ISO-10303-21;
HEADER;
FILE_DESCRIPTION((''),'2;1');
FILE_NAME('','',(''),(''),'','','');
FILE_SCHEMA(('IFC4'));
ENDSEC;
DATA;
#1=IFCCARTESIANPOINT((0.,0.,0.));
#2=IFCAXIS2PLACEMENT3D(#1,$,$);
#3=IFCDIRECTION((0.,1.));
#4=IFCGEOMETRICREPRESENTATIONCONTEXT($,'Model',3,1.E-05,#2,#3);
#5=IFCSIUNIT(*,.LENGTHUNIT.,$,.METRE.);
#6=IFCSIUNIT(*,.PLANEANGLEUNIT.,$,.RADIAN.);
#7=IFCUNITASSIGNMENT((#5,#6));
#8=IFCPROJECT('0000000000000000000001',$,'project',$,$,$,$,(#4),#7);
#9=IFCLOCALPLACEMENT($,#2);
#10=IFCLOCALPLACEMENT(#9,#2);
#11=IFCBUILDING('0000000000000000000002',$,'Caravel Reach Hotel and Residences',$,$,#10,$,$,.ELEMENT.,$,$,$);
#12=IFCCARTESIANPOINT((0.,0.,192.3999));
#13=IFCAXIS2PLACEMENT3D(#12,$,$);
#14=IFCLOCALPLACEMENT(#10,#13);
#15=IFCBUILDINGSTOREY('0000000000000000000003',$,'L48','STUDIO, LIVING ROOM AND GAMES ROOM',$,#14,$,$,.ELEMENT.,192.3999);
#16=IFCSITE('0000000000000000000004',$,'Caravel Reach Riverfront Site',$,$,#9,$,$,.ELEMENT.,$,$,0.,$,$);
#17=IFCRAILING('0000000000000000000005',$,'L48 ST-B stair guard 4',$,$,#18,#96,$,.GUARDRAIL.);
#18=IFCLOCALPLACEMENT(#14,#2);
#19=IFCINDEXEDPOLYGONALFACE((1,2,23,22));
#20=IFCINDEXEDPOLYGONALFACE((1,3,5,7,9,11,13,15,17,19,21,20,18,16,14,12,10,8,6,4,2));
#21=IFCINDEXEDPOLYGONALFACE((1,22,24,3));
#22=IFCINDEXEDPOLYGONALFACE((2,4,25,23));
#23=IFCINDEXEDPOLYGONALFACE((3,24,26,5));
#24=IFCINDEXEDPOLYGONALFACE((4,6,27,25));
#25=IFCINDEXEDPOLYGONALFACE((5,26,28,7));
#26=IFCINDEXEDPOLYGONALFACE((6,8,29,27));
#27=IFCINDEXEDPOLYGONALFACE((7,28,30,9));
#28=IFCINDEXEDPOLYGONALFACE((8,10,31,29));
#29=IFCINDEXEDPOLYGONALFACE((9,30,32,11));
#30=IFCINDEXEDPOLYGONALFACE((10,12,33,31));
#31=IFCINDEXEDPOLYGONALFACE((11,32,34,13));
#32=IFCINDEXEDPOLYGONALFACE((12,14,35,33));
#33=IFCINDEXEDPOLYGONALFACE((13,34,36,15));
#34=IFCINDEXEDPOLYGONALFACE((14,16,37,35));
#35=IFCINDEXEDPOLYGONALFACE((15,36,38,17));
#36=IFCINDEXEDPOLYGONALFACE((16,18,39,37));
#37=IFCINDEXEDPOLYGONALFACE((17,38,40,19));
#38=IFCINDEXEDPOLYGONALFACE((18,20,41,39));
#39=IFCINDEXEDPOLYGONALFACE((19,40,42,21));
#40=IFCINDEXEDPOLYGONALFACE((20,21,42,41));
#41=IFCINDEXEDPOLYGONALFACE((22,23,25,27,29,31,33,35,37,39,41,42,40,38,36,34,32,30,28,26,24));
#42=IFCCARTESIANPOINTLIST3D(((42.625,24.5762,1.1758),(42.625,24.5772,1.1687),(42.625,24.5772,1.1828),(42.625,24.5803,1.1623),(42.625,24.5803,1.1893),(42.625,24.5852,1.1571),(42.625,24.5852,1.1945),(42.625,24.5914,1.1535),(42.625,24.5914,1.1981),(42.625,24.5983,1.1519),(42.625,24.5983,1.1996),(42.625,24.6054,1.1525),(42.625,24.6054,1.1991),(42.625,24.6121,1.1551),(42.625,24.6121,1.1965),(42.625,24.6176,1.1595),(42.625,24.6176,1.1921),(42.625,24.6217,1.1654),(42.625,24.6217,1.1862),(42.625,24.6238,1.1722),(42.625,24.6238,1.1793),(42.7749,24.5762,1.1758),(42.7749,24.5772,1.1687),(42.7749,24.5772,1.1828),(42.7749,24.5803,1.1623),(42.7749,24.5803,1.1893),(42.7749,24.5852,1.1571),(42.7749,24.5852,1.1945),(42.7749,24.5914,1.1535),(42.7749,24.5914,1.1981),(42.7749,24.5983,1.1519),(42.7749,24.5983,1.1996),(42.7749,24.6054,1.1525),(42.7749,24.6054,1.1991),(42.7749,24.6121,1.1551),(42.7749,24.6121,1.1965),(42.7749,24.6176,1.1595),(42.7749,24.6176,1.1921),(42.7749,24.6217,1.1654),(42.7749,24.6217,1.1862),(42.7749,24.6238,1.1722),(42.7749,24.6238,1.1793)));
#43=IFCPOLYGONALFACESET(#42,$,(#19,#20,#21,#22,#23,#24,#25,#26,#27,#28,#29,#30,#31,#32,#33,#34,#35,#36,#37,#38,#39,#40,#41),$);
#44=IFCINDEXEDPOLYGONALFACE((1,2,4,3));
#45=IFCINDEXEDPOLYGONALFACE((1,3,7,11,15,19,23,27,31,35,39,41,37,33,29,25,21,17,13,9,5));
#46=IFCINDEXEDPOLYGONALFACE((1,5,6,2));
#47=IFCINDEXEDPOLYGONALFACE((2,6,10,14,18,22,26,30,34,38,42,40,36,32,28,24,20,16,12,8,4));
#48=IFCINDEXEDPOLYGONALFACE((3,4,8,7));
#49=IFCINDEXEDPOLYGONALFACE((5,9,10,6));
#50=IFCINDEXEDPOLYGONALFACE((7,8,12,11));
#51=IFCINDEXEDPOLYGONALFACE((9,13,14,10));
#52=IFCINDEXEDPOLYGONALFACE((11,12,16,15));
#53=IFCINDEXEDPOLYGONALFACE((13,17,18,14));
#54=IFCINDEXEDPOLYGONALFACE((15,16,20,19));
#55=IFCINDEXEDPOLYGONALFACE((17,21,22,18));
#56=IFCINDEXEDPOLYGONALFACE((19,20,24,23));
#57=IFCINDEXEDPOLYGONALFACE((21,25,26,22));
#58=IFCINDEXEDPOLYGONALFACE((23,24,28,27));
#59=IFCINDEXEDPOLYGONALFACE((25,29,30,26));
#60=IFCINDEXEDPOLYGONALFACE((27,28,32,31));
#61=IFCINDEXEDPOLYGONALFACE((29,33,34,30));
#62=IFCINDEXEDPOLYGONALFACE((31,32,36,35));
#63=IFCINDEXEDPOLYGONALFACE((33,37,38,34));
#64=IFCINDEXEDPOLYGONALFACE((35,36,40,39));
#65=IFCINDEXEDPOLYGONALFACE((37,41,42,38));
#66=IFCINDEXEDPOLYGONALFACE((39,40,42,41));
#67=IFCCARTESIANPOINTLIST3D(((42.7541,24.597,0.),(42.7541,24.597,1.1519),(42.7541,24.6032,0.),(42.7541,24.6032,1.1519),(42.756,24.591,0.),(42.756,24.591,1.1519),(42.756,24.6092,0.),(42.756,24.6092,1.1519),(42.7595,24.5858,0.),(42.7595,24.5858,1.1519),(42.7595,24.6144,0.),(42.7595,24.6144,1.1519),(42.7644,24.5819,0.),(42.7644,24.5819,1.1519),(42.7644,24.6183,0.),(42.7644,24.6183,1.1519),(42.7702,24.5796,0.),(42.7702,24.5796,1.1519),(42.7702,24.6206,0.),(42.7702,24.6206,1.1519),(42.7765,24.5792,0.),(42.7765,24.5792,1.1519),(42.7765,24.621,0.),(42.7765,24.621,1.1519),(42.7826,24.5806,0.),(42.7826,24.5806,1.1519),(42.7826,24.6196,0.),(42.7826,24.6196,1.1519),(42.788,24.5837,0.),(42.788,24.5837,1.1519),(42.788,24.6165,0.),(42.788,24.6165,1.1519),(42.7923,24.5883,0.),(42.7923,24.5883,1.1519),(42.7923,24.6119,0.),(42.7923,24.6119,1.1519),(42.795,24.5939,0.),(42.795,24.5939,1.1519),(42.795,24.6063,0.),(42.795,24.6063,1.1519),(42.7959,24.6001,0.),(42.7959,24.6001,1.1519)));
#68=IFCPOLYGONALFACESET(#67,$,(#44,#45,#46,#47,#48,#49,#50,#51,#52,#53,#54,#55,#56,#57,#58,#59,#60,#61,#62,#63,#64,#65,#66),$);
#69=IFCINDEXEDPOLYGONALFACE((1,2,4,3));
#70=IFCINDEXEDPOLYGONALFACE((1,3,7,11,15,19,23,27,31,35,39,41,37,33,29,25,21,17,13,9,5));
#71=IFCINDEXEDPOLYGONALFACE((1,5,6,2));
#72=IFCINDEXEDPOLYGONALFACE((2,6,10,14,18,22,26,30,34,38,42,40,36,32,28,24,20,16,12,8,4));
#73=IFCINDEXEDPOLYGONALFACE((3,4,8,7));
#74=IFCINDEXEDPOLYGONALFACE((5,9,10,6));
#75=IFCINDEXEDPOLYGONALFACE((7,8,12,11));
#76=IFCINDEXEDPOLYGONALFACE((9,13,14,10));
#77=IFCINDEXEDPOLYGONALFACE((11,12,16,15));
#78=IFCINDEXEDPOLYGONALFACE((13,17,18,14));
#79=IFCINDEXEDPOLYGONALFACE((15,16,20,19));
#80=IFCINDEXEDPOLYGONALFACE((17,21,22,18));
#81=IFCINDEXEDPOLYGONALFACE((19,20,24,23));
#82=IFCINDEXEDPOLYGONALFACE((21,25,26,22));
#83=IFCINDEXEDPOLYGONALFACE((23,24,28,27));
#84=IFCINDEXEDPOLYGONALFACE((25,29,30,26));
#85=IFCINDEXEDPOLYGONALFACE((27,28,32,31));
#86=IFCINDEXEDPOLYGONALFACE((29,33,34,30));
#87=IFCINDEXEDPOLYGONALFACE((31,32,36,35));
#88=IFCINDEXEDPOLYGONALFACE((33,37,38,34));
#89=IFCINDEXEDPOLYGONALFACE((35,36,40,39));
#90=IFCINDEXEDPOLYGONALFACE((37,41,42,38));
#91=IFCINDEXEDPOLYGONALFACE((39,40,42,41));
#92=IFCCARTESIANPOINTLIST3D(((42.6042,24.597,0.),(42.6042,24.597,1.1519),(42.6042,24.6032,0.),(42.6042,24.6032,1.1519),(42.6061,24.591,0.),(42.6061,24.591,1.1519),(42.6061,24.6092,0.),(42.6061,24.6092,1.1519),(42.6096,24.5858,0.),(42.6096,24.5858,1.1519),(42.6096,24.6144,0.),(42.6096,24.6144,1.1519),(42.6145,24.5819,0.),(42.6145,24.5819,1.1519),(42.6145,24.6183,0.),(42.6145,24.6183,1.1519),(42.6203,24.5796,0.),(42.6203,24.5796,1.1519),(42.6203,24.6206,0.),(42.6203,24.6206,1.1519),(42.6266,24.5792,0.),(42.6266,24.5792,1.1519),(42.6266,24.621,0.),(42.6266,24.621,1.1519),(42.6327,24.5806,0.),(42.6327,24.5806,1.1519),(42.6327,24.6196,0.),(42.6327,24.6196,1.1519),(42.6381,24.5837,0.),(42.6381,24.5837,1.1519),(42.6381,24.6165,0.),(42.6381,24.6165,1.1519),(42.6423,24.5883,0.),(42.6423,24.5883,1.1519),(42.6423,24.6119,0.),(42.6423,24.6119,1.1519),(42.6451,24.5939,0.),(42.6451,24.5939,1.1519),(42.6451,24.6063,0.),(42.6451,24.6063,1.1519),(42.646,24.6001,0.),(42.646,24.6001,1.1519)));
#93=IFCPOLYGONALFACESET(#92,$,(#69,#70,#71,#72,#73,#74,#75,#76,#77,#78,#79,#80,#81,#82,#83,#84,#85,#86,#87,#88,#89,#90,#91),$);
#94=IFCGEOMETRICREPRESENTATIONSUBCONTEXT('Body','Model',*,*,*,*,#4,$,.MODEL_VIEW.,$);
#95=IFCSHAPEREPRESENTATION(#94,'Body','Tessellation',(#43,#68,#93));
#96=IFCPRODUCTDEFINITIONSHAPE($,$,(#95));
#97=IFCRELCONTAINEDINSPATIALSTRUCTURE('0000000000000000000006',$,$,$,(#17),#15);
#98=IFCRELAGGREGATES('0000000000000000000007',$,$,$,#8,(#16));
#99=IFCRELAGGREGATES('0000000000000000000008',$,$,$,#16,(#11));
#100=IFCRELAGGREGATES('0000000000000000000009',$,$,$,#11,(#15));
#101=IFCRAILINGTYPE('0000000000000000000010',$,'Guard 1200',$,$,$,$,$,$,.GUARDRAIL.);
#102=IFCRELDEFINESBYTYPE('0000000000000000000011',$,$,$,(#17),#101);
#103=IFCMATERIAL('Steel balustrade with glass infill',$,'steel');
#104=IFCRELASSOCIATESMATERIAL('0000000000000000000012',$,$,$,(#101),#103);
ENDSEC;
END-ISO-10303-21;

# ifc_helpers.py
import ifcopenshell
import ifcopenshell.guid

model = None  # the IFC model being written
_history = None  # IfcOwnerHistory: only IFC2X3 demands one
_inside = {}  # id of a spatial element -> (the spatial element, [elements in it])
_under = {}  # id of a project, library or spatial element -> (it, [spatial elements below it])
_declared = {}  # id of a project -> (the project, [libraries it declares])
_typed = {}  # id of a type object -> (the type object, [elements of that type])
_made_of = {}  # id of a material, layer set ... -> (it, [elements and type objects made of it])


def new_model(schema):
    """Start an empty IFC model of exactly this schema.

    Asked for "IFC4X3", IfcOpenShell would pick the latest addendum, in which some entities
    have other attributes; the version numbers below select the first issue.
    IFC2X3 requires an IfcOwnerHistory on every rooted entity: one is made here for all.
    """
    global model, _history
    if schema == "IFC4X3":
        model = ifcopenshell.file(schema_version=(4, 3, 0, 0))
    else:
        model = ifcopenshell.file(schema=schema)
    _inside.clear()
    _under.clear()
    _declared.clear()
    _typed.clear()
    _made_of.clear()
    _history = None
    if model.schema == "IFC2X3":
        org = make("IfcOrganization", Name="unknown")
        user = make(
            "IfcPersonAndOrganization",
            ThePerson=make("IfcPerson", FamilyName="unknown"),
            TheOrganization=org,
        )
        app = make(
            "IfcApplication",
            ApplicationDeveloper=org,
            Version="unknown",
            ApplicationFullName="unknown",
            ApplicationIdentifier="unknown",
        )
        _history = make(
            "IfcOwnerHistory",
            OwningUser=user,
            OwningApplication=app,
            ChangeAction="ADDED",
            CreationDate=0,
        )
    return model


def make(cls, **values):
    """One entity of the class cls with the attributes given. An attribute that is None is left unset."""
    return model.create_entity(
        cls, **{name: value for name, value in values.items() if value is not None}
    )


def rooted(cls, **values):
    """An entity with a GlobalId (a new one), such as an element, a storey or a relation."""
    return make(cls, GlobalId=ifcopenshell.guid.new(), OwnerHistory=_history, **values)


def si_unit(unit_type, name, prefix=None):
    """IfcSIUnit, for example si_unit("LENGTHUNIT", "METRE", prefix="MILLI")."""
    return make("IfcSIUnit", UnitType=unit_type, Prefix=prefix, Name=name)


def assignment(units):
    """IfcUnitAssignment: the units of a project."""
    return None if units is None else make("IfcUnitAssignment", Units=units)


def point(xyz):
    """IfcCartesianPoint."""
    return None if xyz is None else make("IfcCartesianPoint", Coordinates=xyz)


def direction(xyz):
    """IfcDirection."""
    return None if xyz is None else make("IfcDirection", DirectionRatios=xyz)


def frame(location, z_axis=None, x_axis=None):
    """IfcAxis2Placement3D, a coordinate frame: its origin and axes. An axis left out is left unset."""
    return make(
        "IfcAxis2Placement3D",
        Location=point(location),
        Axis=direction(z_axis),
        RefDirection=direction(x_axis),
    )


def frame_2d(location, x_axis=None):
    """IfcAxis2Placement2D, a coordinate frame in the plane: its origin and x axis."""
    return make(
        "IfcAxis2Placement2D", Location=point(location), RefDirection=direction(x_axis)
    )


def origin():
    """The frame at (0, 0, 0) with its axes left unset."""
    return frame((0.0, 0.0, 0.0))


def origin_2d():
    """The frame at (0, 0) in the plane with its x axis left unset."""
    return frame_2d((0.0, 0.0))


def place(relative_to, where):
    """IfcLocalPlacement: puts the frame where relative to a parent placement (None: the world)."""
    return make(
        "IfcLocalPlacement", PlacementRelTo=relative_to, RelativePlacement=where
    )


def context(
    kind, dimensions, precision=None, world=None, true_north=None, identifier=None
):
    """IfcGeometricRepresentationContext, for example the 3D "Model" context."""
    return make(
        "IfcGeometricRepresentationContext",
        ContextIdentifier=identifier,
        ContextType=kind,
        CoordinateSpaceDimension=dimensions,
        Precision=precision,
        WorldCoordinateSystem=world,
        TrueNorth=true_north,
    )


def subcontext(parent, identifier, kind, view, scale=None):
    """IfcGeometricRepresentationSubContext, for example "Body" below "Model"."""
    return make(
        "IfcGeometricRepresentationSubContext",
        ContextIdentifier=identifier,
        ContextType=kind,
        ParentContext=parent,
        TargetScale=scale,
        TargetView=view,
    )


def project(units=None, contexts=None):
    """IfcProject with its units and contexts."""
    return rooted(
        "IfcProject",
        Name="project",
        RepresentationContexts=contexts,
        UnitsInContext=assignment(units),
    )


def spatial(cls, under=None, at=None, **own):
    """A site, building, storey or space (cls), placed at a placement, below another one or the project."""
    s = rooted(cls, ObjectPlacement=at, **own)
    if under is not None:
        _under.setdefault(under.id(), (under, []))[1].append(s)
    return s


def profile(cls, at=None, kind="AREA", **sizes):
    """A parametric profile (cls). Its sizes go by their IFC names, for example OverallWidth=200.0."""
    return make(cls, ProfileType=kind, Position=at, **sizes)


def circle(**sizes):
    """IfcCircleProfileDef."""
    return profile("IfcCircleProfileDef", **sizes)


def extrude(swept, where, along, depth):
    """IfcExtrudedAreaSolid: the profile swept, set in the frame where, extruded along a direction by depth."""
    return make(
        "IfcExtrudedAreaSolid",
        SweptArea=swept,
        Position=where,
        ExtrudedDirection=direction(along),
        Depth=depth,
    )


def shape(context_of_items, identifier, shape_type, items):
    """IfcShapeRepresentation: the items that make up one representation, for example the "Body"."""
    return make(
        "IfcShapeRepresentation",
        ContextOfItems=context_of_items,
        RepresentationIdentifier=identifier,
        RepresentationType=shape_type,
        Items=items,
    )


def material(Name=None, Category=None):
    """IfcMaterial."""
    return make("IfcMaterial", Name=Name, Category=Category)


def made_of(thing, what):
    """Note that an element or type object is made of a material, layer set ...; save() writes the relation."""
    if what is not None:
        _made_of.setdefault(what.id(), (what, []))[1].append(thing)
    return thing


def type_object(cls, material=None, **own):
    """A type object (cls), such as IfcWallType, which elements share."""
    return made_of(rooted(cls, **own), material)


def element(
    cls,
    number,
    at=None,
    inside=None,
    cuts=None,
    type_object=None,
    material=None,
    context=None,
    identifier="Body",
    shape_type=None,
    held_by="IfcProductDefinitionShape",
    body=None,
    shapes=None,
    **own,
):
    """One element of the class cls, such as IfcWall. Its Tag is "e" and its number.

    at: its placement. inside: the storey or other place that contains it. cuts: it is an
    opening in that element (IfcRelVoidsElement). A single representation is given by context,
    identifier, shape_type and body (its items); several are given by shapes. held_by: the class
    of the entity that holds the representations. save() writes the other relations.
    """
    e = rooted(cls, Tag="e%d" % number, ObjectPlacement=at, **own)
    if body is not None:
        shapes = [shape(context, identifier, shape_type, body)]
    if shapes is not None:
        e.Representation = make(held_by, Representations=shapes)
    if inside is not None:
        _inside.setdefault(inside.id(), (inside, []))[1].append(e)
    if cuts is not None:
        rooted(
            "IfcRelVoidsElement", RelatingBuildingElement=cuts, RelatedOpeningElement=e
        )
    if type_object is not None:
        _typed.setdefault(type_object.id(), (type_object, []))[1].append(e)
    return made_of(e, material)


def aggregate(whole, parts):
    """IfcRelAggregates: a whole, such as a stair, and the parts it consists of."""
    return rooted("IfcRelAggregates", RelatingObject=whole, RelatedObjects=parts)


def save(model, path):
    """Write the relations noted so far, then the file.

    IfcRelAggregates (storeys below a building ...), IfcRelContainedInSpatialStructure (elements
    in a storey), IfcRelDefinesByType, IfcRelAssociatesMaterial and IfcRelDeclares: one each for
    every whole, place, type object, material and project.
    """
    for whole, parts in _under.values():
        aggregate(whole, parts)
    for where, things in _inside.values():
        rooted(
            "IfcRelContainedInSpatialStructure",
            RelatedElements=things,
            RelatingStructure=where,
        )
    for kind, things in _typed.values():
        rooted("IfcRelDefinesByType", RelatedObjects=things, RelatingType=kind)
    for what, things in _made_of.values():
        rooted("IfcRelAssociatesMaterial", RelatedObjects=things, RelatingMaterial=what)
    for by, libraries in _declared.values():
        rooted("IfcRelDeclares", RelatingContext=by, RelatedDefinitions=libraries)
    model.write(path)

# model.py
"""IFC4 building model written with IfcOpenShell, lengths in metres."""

from ifc_helpers import new_model, si_unit, direction, frame, origin, origin_2d, place, context, subcontext, project, spatial, circle, extrude, material, type_object, element, save


model = new_model("IFC4")

# Units and contexts
model_context = context("Model", 3, precision=1e-05, world=origin(), true_north=direction((0.0, 1.0)))
body_context = subcontext(model_context, "Body", "Model", "MODEL_VIEW")
ifc_project = project(units=[si_unit("LENGTHUNIT", "METRE"), si_unit("PLANEANGLEUNIT", "RADIAN")], contexts=[model_context])

# Site, building, storey
site_placement = place(None, origin())
site = spatial("IfcSite", under=ifc_project, at=site_placement, Name="Caravel Reach Riverfront Site", CompositionType="ELEMENT", RefElevation=0.0)
building_placement = place(site_placement, origin())
building = spatial("IfcBuilding", under=site, at=building_placement, Name="Caravel Reach Hotel and Residences", CompositionType="ELEMENT")
storey_placement = place(building_placement, frame((0.0, 0.0, 192.3999)))
storey = spatial("IfcBuildingStorey", under=building, at=storey_placement, Name="L48", Description="STUDIO, LIVING ROOM AND GAMES ROOM", CompositionType="ELEMENT", Elevation=192.3999)

# Railing
ifc_material_1 = material(Name="Steel balustrade with glass infill", Category="steel")
railing_type_1 = type_object("IfcRailingType", Name="Guard 1200", PredefinedType="GUARDRAIL", material=ifc_material_1)
railing_1_placement = place(storey_placement, frame((42.7749, 24.6001, 0.0)))
element("IfcRailing", 1, at=railing_1_placement, inside=storey, type_object=railing_type_1, Name="L48 ST-B stair guard 4", PredefinedType="GUARDRAIL", context=body_context, shape_type="SweptSolid", body=[
    extrude(circle(Radius=0.0239, at=origin_2d()), frame((0.0, 0.0, 1.1758), z_axis=(-1.0, 0.0, 0.0), x_axis=(0.0, -1.0, 0.0)), (0.0, 0.0, 1.0), 0.1499),
    extrude(circle(Radius=0.021, at=origin_2d()), origin(), (0.0, 0.0, 1.0), 1.1519),
    extrude(circle(Radius=0.021, at=origin_2d()), frame((-0.1499, 0.0, 0.0)), (0.0, 0.0, 1.0), 1.1519),
])

save(model, "model.ifc")
